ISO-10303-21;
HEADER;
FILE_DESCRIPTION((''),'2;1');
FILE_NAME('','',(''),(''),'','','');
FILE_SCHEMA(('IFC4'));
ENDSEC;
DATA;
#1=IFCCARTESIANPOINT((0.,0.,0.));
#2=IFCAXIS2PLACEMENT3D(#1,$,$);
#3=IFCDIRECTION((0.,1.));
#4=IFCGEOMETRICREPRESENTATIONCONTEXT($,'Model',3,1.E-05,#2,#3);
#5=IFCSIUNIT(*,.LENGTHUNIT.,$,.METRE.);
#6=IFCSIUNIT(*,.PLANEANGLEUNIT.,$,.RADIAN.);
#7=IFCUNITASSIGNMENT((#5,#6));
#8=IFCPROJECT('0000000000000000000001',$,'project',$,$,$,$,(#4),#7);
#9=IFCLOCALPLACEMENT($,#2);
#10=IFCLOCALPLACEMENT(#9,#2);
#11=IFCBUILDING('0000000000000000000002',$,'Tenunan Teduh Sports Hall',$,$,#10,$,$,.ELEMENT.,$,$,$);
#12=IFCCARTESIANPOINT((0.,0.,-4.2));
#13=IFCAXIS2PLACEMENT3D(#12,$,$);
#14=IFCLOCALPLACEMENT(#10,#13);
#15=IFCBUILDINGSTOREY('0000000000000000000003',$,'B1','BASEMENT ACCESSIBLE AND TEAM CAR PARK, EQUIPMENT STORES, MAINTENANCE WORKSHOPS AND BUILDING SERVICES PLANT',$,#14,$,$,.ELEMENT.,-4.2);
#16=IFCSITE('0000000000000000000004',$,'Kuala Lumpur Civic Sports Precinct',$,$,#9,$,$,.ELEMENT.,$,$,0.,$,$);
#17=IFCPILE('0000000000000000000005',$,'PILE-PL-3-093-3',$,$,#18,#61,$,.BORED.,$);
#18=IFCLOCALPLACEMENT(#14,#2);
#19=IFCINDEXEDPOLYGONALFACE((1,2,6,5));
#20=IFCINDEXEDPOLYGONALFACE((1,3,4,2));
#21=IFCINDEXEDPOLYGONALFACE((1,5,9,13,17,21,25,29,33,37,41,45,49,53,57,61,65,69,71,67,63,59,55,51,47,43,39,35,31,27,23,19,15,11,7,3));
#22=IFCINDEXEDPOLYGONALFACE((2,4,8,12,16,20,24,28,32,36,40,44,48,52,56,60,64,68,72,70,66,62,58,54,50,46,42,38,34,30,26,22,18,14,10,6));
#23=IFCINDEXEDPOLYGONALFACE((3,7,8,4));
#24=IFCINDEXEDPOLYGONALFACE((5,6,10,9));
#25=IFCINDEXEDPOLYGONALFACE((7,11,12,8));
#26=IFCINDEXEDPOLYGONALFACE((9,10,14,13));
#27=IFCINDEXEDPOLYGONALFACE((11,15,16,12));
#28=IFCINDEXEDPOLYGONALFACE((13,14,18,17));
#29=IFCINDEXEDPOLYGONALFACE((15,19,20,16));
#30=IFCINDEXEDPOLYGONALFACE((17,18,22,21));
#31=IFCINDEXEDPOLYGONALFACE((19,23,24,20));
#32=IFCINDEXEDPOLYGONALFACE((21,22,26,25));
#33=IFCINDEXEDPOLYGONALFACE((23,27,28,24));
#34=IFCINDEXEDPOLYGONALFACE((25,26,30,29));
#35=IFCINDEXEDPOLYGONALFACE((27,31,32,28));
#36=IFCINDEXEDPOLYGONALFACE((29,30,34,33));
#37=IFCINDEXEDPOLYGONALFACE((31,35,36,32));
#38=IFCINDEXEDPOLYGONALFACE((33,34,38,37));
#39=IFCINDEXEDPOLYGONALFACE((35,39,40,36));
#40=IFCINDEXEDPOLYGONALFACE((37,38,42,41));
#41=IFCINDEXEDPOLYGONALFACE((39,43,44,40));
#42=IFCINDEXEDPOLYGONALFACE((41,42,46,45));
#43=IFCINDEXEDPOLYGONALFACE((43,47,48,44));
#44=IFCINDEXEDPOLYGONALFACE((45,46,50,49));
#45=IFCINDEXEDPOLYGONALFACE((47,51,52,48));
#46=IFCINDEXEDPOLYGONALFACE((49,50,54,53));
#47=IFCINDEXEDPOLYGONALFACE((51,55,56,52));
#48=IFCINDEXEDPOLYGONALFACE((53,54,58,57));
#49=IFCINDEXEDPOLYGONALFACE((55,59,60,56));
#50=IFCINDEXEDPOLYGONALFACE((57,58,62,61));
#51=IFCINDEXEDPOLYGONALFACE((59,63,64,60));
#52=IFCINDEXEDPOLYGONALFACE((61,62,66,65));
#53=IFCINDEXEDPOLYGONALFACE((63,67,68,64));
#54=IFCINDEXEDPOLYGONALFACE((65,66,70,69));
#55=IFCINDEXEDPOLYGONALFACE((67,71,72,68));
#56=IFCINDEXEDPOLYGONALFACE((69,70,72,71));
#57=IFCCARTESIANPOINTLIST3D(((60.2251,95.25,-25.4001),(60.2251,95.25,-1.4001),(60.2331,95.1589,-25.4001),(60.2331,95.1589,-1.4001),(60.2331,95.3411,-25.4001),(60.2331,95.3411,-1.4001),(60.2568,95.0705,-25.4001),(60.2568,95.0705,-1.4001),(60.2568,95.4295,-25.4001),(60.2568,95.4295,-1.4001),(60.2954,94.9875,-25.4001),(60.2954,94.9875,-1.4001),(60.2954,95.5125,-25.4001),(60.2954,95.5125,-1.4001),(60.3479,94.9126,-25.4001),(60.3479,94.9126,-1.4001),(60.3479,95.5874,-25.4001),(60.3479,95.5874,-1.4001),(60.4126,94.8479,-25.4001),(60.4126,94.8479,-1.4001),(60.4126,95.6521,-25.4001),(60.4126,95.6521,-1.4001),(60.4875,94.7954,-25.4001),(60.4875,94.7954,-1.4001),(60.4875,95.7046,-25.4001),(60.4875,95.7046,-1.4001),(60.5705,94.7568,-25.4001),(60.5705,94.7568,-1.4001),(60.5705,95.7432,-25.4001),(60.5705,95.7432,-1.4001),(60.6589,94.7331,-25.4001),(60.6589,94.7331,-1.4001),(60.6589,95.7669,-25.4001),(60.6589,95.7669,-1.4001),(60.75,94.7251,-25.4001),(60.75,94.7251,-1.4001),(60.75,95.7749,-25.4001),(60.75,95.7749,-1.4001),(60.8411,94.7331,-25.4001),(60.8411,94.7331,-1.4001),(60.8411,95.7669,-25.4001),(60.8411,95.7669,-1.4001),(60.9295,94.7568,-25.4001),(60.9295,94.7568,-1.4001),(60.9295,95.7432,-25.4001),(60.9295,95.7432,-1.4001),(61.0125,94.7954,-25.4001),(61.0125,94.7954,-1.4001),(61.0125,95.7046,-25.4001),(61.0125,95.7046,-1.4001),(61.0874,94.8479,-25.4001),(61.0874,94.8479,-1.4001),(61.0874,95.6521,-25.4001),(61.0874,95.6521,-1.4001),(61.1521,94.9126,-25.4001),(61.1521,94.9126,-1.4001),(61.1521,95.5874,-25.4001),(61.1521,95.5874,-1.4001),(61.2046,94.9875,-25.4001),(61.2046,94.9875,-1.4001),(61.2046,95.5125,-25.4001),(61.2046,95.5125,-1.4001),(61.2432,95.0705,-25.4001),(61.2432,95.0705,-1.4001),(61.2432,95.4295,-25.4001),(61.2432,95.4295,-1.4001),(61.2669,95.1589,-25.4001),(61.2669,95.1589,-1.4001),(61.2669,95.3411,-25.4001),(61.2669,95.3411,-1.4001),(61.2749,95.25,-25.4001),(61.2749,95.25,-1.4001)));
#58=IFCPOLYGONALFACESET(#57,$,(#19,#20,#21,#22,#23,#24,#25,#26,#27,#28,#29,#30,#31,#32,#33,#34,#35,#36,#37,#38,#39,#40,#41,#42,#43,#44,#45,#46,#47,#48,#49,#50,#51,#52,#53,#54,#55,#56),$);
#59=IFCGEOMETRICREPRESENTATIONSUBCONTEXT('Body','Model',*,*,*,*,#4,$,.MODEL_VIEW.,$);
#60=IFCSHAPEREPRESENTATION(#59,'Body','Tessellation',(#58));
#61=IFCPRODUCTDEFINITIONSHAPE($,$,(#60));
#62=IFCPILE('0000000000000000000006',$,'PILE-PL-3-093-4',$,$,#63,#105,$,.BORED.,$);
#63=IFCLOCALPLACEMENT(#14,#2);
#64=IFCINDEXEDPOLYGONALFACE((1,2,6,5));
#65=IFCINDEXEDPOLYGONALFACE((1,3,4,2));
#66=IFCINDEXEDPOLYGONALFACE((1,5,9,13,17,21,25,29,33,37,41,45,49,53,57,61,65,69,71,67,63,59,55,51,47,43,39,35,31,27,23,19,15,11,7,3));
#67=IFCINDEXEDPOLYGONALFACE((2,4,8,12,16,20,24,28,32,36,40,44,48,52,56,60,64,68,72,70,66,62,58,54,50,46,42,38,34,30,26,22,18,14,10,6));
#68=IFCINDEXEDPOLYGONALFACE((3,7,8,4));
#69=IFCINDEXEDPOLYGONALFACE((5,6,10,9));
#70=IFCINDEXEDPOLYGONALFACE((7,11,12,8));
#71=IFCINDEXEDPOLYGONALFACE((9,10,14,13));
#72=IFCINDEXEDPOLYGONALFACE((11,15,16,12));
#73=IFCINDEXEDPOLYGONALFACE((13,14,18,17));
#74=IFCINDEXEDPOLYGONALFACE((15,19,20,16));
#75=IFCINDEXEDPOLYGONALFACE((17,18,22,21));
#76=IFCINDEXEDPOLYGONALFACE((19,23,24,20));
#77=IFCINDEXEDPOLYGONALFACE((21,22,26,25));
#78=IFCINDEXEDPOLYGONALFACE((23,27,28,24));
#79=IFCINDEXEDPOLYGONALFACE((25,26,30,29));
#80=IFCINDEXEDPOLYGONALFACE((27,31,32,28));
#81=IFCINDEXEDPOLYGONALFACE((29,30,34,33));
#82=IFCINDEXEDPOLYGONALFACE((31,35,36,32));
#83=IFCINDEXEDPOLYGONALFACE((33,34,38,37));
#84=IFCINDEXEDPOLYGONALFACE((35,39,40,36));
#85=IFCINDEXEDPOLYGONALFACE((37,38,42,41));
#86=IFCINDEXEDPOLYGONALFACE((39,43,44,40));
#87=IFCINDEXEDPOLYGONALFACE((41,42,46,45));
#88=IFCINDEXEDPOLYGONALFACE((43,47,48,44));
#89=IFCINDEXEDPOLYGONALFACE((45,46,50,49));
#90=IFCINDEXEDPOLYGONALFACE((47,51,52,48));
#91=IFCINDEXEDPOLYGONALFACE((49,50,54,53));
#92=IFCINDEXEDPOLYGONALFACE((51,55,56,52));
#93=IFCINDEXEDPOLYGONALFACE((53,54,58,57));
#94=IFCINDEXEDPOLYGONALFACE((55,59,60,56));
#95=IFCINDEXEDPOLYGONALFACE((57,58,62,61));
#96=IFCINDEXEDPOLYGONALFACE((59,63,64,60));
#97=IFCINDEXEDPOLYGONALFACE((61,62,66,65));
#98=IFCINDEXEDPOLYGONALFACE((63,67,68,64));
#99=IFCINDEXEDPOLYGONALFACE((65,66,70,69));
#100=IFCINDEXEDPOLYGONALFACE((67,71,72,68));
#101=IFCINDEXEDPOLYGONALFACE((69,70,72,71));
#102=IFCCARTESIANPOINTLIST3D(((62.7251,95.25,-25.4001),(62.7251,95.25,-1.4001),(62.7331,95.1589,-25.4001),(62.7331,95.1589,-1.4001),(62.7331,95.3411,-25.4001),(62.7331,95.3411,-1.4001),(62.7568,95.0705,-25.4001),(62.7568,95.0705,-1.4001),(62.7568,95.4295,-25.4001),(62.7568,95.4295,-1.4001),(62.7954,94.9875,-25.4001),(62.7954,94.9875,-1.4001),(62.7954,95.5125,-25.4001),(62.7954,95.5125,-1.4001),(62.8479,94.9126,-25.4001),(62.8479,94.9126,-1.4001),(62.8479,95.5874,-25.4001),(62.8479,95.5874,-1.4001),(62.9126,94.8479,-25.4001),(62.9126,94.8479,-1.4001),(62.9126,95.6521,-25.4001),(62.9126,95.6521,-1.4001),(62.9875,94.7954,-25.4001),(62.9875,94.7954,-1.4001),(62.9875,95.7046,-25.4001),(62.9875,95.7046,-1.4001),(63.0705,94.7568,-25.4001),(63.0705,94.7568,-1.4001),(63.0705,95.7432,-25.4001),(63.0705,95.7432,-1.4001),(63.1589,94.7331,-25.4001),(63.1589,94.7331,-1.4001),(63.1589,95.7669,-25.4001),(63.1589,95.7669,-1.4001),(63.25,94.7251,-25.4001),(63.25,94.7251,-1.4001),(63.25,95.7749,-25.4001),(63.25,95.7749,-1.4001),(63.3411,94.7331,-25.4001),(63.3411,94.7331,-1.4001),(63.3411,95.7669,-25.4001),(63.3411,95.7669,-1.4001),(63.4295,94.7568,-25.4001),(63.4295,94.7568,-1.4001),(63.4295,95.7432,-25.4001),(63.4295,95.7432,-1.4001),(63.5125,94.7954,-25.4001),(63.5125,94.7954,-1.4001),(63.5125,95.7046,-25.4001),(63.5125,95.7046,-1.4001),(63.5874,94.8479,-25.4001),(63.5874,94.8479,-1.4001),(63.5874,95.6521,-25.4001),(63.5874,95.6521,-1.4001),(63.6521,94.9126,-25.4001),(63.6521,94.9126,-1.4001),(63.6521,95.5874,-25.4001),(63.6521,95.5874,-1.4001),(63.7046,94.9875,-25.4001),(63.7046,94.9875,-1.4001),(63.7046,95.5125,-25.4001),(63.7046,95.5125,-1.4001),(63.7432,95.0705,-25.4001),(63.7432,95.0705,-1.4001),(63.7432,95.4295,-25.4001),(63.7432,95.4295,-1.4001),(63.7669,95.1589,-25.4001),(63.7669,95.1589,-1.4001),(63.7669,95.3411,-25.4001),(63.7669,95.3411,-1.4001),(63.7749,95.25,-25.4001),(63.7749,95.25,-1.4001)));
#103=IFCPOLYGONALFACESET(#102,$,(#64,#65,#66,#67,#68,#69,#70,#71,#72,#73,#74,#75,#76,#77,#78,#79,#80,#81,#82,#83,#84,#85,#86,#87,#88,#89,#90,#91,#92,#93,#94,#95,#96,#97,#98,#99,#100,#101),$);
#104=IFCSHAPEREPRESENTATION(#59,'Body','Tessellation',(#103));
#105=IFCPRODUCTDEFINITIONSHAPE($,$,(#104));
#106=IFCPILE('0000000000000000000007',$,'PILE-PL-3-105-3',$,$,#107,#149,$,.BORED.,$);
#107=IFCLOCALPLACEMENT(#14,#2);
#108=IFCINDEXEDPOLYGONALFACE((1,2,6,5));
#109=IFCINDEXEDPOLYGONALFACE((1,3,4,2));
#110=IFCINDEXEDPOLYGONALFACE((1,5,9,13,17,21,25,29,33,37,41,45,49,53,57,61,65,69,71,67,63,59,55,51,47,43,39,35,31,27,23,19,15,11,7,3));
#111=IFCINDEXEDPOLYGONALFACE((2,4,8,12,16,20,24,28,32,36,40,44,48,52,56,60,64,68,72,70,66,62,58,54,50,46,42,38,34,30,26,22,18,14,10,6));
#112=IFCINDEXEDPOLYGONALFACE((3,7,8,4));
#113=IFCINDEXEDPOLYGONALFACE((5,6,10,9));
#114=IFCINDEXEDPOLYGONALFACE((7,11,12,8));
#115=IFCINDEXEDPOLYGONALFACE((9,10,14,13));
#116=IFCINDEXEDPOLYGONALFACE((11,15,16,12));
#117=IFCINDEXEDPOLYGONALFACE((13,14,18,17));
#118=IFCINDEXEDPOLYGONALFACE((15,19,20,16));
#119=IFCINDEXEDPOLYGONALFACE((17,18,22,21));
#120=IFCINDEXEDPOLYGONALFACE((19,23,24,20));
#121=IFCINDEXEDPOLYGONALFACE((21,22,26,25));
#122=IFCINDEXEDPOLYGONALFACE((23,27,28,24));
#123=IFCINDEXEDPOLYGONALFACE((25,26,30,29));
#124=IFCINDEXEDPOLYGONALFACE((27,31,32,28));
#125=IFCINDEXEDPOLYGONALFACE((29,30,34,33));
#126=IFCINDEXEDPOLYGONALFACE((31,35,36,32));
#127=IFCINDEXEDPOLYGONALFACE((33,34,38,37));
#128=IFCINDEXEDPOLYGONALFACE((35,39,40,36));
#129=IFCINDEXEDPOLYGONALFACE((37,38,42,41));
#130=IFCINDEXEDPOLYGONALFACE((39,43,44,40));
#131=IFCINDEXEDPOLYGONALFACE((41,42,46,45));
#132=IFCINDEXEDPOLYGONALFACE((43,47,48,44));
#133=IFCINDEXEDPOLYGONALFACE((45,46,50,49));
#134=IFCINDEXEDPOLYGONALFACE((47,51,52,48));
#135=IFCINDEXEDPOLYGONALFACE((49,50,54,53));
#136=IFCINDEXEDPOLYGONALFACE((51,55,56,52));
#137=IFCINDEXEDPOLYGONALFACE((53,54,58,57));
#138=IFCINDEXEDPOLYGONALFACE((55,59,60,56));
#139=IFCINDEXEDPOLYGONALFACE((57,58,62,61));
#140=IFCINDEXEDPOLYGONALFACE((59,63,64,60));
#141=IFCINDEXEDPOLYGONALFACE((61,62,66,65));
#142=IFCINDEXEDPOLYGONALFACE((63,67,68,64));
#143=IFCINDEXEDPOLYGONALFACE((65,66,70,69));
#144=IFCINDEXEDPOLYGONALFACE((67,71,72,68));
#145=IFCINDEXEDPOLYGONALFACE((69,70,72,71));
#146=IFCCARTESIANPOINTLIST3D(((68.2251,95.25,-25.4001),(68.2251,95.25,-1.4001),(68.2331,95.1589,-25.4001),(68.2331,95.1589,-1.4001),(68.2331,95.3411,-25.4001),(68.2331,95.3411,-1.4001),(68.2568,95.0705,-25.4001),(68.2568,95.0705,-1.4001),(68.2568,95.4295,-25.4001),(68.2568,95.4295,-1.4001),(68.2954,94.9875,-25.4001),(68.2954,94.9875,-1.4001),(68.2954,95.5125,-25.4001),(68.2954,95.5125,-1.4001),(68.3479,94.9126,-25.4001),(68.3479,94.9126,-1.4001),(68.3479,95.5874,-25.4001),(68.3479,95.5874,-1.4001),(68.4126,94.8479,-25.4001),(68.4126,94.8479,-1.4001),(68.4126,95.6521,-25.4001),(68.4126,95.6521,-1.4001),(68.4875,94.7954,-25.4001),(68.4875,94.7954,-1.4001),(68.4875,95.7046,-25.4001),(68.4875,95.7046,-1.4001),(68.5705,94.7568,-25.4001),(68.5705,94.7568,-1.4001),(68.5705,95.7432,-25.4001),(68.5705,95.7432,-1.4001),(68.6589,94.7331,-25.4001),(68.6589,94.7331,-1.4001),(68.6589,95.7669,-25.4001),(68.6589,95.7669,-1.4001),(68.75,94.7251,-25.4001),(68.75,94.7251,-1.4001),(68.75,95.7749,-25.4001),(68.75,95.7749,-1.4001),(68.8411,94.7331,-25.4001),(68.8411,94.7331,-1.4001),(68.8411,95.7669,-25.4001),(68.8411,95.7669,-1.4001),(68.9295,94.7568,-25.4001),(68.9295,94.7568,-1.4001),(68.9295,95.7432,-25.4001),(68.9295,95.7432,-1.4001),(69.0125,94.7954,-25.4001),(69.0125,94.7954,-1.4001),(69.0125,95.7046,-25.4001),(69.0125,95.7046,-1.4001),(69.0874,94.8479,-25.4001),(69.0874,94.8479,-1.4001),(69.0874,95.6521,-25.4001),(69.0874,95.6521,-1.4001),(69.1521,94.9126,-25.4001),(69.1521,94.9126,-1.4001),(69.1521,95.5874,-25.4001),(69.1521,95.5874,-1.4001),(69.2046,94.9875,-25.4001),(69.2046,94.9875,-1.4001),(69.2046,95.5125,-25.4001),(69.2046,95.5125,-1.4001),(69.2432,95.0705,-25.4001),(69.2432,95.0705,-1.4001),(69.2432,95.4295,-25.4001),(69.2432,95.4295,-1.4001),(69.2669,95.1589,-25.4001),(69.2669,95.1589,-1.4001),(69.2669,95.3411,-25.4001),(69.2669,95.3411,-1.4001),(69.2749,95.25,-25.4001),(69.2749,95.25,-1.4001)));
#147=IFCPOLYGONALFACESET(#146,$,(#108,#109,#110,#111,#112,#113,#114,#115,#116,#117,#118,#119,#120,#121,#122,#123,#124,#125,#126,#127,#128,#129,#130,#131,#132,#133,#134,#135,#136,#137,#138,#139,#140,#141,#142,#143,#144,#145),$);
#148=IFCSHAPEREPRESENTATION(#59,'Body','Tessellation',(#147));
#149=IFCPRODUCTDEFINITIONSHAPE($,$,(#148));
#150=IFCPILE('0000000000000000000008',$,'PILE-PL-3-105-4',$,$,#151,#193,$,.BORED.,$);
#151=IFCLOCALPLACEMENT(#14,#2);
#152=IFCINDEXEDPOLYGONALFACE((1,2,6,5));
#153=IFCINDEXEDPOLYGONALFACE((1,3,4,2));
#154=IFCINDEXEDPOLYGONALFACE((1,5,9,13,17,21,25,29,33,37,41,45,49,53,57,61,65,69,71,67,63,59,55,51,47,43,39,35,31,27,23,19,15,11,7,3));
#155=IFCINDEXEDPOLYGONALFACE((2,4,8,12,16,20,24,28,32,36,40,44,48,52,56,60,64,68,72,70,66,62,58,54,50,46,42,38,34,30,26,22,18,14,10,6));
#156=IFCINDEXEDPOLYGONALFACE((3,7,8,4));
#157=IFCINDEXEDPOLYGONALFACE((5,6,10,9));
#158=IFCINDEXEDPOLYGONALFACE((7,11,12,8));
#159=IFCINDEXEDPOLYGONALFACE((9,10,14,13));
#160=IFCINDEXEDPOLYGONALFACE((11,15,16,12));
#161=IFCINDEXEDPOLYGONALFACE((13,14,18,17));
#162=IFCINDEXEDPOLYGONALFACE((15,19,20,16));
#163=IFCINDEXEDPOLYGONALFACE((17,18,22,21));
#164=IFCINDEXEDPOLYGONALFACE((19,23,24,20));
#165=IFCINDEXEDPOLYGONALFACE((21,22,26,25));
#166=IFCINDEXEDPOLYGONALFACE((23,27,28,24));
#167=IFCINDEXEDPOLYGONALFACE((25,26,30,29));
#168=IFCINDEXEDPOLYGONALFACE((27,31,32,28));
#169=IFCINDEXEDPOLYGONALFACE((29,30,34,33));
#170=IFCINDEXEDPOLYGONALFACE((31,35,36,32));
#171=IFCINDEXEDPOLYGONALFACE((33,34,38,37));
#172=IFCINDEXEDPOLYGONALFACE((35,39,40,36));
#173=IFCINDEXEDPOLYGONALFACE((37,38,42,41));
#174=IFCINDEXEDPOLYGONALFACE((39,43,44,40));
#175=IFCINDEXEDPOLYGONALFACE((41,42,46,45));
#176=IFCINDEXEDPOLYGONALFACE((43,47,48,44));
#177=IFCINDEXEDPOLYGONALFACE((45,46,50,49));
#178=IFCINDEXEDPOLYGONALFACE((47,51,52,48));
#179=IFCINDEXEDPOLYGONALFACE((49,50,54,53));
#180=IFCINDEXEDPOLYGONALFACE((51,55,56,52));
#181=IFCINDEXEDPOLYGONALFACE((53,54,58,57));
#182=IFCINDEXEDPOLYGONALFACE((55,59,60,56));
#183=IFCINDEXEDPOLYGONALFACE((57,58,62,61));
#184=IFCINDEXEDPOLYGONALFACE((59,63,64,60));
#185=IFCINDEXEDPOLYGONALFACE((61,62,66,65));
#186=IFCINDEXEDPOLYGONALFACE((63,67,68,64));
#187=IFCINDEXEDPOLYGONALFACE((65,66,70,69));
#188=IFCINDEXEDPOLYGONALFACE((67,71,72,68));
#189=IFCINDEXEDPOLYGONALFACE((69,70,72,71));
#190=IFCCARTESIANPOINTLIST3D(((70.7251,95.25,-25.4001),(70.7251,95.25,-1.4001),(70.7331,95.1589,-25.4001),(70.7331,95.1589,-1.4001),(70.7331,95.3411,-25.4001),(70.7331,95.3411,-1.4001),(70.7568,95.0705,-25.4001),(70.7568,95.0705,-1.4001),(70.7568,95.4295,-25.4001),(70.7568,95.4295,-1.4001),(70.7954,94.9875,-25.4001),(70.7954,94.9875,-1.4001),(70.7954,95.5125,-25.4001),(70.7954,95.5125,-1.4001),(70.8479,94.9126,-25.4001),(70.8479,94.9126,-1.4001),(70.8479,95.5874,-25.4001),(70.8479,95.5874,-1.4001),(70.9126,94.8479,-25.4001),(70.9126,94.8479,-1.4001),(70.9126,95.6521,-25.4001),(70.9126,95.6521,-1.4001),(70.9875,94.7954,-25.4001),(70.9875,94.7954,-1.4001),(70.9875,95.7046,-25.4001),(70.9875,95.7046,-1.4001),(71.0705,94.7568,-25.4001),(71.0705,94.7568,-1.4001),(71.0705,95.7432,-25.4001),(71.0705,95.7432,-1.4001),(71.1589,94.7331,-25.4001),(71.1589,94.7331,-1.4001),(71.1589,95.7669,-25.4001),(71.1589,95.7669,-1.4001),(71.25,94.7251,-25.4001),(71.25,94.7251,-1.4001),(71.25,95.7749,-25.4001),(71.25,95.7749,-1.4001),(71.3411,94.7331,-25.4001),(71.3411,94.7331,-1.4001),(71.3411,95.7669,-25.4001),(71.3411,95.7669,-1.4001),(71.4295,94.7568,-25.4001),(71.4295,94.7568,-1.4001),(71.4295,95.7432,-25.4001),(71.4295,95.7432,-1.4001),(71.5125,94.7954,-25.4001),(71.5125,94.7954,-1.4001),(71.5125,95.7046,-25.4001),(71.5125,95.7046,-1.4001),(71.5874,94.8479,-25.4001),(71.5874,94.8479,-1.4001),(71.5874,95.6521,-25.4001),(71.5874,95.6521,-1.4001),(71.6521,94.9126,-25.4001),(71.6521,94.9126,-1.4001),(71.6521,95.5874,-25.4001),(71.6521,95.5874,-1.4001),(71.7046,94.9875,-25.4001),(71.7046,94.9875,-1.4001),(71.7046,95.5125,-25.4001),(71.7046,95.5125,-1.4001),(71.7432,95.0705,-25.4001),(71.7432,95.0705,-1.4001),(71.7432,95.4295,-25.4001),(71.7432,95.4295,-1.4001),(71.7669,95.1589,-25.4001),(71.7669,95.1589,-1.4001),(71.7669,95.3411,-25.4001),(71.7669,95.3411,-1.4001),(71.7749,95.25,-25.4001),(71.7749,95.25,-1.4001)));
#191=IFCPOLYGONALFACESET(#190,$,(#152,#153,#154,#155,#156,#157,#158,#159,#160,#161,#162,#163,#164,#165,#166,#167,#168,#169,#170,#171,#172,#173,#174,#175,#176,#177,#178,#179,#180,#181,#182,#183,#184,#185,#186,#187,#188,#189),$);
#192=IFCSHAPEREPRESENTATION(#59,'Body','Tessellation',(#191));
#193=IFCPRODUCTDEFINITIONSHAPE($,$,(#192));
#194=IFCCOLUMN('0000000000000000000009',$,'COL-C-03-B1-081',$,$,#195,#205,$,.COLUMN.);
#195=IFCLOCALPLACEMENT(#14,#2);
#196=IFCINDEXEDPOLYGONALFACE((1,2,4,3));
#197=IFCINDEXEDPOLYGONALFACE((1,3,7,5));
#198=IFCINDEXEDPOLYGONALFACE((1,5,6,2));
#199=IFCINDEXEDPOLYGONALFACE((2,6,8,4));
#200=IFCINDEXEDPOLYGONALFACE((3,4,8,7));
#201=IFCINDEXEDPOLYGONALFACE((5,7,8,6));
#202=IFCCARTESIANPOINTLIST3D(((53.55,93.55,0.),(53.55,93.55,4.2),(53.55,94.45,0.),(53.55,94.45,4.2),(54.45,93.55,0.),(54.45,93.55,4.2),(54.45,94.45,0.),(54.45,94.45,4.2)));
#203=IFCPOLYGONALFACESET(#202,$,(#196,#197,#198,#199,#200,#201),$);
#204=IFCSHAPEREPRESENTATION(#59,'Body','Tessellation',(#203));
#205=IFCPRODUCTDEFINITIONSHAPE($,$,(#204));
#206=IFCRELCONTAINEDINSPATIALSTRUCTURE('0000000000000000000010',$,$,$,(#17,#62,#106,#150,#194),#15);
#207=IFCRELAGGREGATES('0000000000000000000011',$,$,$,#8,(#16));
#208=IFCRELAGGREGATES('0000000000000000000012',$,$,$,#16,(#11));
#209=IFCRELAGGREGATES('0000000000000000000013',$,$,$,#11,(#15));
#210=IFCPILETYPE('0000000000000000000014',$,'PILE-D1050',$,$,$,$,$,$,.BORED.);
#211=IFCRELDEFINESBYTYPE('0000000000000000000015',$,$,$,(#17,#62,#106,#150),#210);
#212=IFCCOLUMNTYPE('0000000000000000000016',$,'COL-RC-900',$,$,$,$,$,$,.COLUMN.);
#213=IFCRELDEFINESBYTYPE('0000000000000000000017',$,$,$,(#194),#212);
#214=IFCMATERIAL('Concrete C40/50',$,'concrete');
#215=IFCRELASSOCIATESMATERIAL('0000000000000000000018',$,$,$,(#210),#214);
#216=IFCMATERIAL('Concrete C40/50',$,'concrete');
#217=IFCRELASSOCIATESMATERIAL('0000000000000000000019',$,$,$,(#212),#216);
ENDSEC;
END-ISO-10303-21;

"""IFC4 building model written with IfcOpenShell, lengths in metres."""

from ifc_helpers import new_model, si_unit, direction, frame, origin, origin_2d, place, context, subcontext, project, spatial, rectangle, circle, extrude, material, material_profile, profile_set, type_object, element, save


model = new_model("IFC4")

# Units and contexts
model_context = context("Model", 3, precision=1e-05, world=origin(), true_north=direction((0.0, 1.0)))
body_context = subcontext(model_context, "Body", "Model", "MODEL_VIEW")
ifc_project = project(units=[si_unit("LENGTHUNIT", "METRE"), si_unit("PLANEANGLEUNIT", "RADIAN")], contexts=[model_context])

# Site, building, storey
site_placement = place(None, origin())
site = spatial("IfcSite", under=ifc_project, at=site_placement, Name="Kuala Lumpur Civic Sports Precinct", CompositionType="ELEMENT", RefElevation=0.0)
building_placement = place(site_placement, origin())
building = spatial("IfcBuilding", under=site, at=building_placement, Name="Tenunan Teduh Sports Hall", CompositionType="ELEMENT")
storey_placement = place(building_placement, frame((0.0, 0.0, -4.2)))
storey = spatial("IfcBuildingStorey", under=building, at=storey_placement, Name="B1", Description="BASEMENT ACCESSIBLE AND TEAM CAR PARK, EQUIPMENT STORES, MAINTENANCE WORKSHOPS AND BUILDING SERVICES PLANT", CompositionType="ELEMENT", Elevation=-4.2)

# Piles
ifc_material_1 = material(Name="Concrete C40/50", Category="concrete")
ifc_material_profile_1 = material_profile(ifc_material_1, circle(Radius=0.5249, at=origin_2d()), Name="PILE D1050")
ifc_profile_set_1 = profile_set([ifc_material_profile_1], Name="Concrete C40/50")
pile_type = type_object("IfcPileType", Name="PILE-D1050", PredefinedType="BORED", material=ifc_profile_set_1)
for number, where, z_axis, x_axis, name in (
    (1, (60.75, 95.25, -1.4001), (0.0, 0.0, -1.0), (1.0, 0.0, 0.0), "PILE-PL-3-093-3"),
    (2, (63.25, 95.25, -1.4001), (0.0, 0.0, -1.0), (1.0, 0.0, 0.0), "PILE-PL-3-093-4"),
    (3, (68.75, 95.25, -1.4001), (0.0, 0.0, -1.0), (1.0, 0.0, 0.0), "PILE-PL-3-105-3"),
    (4, (71.25, 95.25, -1.4001), (0.0, 0.0, -1.0), (1.0, 0.0, 0.0), "PILE-PL-3-105-4"),
):
    element("IfcPile", number, at=place(storey_placement, frame(where, z_axis=z_axis, x_axis=x_axis)), inside=storey, type_object=pile_type, Name=name, PredefinedType="BORED", context=body_context, shape_type="SweptSolid", body=[
        extrude(circle(Radius=0.5249, at=origin_2d()), origin(), (0.0, 0.0, 1.0), 24.0),
    ])

# Column
ifc_material_2 = material(Name="Concrete C40/50", Category="concrete")
ifc_material_profile_2 = material_profile(ifc_material_2, rectangle(XDim=0.8999, YDim=0.8999, at=origin_2d()), Name="RC 900x900")
ifc_profile_set_2 = profile_set([ifc_material_profile_2], Name="Concrete C40/50")
column_type = type_object("IfcColumnType", Name="COL-RC-900", PredefinedType="COLUMN", material=ifc_profile_set_2)
for number, where, z_axis, x_axis, name in (
    (5, (54.0, 94.0, 0.0), (0.0, 0.0, 1.0), (1.0, 0.0, 0.0), "COL-C-03-B1-081"),
):
    element("IfcColumn", number, at=place(storey_placement, frame(where, z_axis=z_axis, x_axis=x_axis)), inside=storey, type_object=column_type, Name=name, PredefinedType="COLUMN", context=body_context, shape_type="SweptSolid", body=[
        extrude(rectangle(XDim=0.8999, YDim=0.8999, at=origin_2d()), origin(), (0.0, 0.0, 1.0), 4.2),
    ])

save(model, "model.ifc")
